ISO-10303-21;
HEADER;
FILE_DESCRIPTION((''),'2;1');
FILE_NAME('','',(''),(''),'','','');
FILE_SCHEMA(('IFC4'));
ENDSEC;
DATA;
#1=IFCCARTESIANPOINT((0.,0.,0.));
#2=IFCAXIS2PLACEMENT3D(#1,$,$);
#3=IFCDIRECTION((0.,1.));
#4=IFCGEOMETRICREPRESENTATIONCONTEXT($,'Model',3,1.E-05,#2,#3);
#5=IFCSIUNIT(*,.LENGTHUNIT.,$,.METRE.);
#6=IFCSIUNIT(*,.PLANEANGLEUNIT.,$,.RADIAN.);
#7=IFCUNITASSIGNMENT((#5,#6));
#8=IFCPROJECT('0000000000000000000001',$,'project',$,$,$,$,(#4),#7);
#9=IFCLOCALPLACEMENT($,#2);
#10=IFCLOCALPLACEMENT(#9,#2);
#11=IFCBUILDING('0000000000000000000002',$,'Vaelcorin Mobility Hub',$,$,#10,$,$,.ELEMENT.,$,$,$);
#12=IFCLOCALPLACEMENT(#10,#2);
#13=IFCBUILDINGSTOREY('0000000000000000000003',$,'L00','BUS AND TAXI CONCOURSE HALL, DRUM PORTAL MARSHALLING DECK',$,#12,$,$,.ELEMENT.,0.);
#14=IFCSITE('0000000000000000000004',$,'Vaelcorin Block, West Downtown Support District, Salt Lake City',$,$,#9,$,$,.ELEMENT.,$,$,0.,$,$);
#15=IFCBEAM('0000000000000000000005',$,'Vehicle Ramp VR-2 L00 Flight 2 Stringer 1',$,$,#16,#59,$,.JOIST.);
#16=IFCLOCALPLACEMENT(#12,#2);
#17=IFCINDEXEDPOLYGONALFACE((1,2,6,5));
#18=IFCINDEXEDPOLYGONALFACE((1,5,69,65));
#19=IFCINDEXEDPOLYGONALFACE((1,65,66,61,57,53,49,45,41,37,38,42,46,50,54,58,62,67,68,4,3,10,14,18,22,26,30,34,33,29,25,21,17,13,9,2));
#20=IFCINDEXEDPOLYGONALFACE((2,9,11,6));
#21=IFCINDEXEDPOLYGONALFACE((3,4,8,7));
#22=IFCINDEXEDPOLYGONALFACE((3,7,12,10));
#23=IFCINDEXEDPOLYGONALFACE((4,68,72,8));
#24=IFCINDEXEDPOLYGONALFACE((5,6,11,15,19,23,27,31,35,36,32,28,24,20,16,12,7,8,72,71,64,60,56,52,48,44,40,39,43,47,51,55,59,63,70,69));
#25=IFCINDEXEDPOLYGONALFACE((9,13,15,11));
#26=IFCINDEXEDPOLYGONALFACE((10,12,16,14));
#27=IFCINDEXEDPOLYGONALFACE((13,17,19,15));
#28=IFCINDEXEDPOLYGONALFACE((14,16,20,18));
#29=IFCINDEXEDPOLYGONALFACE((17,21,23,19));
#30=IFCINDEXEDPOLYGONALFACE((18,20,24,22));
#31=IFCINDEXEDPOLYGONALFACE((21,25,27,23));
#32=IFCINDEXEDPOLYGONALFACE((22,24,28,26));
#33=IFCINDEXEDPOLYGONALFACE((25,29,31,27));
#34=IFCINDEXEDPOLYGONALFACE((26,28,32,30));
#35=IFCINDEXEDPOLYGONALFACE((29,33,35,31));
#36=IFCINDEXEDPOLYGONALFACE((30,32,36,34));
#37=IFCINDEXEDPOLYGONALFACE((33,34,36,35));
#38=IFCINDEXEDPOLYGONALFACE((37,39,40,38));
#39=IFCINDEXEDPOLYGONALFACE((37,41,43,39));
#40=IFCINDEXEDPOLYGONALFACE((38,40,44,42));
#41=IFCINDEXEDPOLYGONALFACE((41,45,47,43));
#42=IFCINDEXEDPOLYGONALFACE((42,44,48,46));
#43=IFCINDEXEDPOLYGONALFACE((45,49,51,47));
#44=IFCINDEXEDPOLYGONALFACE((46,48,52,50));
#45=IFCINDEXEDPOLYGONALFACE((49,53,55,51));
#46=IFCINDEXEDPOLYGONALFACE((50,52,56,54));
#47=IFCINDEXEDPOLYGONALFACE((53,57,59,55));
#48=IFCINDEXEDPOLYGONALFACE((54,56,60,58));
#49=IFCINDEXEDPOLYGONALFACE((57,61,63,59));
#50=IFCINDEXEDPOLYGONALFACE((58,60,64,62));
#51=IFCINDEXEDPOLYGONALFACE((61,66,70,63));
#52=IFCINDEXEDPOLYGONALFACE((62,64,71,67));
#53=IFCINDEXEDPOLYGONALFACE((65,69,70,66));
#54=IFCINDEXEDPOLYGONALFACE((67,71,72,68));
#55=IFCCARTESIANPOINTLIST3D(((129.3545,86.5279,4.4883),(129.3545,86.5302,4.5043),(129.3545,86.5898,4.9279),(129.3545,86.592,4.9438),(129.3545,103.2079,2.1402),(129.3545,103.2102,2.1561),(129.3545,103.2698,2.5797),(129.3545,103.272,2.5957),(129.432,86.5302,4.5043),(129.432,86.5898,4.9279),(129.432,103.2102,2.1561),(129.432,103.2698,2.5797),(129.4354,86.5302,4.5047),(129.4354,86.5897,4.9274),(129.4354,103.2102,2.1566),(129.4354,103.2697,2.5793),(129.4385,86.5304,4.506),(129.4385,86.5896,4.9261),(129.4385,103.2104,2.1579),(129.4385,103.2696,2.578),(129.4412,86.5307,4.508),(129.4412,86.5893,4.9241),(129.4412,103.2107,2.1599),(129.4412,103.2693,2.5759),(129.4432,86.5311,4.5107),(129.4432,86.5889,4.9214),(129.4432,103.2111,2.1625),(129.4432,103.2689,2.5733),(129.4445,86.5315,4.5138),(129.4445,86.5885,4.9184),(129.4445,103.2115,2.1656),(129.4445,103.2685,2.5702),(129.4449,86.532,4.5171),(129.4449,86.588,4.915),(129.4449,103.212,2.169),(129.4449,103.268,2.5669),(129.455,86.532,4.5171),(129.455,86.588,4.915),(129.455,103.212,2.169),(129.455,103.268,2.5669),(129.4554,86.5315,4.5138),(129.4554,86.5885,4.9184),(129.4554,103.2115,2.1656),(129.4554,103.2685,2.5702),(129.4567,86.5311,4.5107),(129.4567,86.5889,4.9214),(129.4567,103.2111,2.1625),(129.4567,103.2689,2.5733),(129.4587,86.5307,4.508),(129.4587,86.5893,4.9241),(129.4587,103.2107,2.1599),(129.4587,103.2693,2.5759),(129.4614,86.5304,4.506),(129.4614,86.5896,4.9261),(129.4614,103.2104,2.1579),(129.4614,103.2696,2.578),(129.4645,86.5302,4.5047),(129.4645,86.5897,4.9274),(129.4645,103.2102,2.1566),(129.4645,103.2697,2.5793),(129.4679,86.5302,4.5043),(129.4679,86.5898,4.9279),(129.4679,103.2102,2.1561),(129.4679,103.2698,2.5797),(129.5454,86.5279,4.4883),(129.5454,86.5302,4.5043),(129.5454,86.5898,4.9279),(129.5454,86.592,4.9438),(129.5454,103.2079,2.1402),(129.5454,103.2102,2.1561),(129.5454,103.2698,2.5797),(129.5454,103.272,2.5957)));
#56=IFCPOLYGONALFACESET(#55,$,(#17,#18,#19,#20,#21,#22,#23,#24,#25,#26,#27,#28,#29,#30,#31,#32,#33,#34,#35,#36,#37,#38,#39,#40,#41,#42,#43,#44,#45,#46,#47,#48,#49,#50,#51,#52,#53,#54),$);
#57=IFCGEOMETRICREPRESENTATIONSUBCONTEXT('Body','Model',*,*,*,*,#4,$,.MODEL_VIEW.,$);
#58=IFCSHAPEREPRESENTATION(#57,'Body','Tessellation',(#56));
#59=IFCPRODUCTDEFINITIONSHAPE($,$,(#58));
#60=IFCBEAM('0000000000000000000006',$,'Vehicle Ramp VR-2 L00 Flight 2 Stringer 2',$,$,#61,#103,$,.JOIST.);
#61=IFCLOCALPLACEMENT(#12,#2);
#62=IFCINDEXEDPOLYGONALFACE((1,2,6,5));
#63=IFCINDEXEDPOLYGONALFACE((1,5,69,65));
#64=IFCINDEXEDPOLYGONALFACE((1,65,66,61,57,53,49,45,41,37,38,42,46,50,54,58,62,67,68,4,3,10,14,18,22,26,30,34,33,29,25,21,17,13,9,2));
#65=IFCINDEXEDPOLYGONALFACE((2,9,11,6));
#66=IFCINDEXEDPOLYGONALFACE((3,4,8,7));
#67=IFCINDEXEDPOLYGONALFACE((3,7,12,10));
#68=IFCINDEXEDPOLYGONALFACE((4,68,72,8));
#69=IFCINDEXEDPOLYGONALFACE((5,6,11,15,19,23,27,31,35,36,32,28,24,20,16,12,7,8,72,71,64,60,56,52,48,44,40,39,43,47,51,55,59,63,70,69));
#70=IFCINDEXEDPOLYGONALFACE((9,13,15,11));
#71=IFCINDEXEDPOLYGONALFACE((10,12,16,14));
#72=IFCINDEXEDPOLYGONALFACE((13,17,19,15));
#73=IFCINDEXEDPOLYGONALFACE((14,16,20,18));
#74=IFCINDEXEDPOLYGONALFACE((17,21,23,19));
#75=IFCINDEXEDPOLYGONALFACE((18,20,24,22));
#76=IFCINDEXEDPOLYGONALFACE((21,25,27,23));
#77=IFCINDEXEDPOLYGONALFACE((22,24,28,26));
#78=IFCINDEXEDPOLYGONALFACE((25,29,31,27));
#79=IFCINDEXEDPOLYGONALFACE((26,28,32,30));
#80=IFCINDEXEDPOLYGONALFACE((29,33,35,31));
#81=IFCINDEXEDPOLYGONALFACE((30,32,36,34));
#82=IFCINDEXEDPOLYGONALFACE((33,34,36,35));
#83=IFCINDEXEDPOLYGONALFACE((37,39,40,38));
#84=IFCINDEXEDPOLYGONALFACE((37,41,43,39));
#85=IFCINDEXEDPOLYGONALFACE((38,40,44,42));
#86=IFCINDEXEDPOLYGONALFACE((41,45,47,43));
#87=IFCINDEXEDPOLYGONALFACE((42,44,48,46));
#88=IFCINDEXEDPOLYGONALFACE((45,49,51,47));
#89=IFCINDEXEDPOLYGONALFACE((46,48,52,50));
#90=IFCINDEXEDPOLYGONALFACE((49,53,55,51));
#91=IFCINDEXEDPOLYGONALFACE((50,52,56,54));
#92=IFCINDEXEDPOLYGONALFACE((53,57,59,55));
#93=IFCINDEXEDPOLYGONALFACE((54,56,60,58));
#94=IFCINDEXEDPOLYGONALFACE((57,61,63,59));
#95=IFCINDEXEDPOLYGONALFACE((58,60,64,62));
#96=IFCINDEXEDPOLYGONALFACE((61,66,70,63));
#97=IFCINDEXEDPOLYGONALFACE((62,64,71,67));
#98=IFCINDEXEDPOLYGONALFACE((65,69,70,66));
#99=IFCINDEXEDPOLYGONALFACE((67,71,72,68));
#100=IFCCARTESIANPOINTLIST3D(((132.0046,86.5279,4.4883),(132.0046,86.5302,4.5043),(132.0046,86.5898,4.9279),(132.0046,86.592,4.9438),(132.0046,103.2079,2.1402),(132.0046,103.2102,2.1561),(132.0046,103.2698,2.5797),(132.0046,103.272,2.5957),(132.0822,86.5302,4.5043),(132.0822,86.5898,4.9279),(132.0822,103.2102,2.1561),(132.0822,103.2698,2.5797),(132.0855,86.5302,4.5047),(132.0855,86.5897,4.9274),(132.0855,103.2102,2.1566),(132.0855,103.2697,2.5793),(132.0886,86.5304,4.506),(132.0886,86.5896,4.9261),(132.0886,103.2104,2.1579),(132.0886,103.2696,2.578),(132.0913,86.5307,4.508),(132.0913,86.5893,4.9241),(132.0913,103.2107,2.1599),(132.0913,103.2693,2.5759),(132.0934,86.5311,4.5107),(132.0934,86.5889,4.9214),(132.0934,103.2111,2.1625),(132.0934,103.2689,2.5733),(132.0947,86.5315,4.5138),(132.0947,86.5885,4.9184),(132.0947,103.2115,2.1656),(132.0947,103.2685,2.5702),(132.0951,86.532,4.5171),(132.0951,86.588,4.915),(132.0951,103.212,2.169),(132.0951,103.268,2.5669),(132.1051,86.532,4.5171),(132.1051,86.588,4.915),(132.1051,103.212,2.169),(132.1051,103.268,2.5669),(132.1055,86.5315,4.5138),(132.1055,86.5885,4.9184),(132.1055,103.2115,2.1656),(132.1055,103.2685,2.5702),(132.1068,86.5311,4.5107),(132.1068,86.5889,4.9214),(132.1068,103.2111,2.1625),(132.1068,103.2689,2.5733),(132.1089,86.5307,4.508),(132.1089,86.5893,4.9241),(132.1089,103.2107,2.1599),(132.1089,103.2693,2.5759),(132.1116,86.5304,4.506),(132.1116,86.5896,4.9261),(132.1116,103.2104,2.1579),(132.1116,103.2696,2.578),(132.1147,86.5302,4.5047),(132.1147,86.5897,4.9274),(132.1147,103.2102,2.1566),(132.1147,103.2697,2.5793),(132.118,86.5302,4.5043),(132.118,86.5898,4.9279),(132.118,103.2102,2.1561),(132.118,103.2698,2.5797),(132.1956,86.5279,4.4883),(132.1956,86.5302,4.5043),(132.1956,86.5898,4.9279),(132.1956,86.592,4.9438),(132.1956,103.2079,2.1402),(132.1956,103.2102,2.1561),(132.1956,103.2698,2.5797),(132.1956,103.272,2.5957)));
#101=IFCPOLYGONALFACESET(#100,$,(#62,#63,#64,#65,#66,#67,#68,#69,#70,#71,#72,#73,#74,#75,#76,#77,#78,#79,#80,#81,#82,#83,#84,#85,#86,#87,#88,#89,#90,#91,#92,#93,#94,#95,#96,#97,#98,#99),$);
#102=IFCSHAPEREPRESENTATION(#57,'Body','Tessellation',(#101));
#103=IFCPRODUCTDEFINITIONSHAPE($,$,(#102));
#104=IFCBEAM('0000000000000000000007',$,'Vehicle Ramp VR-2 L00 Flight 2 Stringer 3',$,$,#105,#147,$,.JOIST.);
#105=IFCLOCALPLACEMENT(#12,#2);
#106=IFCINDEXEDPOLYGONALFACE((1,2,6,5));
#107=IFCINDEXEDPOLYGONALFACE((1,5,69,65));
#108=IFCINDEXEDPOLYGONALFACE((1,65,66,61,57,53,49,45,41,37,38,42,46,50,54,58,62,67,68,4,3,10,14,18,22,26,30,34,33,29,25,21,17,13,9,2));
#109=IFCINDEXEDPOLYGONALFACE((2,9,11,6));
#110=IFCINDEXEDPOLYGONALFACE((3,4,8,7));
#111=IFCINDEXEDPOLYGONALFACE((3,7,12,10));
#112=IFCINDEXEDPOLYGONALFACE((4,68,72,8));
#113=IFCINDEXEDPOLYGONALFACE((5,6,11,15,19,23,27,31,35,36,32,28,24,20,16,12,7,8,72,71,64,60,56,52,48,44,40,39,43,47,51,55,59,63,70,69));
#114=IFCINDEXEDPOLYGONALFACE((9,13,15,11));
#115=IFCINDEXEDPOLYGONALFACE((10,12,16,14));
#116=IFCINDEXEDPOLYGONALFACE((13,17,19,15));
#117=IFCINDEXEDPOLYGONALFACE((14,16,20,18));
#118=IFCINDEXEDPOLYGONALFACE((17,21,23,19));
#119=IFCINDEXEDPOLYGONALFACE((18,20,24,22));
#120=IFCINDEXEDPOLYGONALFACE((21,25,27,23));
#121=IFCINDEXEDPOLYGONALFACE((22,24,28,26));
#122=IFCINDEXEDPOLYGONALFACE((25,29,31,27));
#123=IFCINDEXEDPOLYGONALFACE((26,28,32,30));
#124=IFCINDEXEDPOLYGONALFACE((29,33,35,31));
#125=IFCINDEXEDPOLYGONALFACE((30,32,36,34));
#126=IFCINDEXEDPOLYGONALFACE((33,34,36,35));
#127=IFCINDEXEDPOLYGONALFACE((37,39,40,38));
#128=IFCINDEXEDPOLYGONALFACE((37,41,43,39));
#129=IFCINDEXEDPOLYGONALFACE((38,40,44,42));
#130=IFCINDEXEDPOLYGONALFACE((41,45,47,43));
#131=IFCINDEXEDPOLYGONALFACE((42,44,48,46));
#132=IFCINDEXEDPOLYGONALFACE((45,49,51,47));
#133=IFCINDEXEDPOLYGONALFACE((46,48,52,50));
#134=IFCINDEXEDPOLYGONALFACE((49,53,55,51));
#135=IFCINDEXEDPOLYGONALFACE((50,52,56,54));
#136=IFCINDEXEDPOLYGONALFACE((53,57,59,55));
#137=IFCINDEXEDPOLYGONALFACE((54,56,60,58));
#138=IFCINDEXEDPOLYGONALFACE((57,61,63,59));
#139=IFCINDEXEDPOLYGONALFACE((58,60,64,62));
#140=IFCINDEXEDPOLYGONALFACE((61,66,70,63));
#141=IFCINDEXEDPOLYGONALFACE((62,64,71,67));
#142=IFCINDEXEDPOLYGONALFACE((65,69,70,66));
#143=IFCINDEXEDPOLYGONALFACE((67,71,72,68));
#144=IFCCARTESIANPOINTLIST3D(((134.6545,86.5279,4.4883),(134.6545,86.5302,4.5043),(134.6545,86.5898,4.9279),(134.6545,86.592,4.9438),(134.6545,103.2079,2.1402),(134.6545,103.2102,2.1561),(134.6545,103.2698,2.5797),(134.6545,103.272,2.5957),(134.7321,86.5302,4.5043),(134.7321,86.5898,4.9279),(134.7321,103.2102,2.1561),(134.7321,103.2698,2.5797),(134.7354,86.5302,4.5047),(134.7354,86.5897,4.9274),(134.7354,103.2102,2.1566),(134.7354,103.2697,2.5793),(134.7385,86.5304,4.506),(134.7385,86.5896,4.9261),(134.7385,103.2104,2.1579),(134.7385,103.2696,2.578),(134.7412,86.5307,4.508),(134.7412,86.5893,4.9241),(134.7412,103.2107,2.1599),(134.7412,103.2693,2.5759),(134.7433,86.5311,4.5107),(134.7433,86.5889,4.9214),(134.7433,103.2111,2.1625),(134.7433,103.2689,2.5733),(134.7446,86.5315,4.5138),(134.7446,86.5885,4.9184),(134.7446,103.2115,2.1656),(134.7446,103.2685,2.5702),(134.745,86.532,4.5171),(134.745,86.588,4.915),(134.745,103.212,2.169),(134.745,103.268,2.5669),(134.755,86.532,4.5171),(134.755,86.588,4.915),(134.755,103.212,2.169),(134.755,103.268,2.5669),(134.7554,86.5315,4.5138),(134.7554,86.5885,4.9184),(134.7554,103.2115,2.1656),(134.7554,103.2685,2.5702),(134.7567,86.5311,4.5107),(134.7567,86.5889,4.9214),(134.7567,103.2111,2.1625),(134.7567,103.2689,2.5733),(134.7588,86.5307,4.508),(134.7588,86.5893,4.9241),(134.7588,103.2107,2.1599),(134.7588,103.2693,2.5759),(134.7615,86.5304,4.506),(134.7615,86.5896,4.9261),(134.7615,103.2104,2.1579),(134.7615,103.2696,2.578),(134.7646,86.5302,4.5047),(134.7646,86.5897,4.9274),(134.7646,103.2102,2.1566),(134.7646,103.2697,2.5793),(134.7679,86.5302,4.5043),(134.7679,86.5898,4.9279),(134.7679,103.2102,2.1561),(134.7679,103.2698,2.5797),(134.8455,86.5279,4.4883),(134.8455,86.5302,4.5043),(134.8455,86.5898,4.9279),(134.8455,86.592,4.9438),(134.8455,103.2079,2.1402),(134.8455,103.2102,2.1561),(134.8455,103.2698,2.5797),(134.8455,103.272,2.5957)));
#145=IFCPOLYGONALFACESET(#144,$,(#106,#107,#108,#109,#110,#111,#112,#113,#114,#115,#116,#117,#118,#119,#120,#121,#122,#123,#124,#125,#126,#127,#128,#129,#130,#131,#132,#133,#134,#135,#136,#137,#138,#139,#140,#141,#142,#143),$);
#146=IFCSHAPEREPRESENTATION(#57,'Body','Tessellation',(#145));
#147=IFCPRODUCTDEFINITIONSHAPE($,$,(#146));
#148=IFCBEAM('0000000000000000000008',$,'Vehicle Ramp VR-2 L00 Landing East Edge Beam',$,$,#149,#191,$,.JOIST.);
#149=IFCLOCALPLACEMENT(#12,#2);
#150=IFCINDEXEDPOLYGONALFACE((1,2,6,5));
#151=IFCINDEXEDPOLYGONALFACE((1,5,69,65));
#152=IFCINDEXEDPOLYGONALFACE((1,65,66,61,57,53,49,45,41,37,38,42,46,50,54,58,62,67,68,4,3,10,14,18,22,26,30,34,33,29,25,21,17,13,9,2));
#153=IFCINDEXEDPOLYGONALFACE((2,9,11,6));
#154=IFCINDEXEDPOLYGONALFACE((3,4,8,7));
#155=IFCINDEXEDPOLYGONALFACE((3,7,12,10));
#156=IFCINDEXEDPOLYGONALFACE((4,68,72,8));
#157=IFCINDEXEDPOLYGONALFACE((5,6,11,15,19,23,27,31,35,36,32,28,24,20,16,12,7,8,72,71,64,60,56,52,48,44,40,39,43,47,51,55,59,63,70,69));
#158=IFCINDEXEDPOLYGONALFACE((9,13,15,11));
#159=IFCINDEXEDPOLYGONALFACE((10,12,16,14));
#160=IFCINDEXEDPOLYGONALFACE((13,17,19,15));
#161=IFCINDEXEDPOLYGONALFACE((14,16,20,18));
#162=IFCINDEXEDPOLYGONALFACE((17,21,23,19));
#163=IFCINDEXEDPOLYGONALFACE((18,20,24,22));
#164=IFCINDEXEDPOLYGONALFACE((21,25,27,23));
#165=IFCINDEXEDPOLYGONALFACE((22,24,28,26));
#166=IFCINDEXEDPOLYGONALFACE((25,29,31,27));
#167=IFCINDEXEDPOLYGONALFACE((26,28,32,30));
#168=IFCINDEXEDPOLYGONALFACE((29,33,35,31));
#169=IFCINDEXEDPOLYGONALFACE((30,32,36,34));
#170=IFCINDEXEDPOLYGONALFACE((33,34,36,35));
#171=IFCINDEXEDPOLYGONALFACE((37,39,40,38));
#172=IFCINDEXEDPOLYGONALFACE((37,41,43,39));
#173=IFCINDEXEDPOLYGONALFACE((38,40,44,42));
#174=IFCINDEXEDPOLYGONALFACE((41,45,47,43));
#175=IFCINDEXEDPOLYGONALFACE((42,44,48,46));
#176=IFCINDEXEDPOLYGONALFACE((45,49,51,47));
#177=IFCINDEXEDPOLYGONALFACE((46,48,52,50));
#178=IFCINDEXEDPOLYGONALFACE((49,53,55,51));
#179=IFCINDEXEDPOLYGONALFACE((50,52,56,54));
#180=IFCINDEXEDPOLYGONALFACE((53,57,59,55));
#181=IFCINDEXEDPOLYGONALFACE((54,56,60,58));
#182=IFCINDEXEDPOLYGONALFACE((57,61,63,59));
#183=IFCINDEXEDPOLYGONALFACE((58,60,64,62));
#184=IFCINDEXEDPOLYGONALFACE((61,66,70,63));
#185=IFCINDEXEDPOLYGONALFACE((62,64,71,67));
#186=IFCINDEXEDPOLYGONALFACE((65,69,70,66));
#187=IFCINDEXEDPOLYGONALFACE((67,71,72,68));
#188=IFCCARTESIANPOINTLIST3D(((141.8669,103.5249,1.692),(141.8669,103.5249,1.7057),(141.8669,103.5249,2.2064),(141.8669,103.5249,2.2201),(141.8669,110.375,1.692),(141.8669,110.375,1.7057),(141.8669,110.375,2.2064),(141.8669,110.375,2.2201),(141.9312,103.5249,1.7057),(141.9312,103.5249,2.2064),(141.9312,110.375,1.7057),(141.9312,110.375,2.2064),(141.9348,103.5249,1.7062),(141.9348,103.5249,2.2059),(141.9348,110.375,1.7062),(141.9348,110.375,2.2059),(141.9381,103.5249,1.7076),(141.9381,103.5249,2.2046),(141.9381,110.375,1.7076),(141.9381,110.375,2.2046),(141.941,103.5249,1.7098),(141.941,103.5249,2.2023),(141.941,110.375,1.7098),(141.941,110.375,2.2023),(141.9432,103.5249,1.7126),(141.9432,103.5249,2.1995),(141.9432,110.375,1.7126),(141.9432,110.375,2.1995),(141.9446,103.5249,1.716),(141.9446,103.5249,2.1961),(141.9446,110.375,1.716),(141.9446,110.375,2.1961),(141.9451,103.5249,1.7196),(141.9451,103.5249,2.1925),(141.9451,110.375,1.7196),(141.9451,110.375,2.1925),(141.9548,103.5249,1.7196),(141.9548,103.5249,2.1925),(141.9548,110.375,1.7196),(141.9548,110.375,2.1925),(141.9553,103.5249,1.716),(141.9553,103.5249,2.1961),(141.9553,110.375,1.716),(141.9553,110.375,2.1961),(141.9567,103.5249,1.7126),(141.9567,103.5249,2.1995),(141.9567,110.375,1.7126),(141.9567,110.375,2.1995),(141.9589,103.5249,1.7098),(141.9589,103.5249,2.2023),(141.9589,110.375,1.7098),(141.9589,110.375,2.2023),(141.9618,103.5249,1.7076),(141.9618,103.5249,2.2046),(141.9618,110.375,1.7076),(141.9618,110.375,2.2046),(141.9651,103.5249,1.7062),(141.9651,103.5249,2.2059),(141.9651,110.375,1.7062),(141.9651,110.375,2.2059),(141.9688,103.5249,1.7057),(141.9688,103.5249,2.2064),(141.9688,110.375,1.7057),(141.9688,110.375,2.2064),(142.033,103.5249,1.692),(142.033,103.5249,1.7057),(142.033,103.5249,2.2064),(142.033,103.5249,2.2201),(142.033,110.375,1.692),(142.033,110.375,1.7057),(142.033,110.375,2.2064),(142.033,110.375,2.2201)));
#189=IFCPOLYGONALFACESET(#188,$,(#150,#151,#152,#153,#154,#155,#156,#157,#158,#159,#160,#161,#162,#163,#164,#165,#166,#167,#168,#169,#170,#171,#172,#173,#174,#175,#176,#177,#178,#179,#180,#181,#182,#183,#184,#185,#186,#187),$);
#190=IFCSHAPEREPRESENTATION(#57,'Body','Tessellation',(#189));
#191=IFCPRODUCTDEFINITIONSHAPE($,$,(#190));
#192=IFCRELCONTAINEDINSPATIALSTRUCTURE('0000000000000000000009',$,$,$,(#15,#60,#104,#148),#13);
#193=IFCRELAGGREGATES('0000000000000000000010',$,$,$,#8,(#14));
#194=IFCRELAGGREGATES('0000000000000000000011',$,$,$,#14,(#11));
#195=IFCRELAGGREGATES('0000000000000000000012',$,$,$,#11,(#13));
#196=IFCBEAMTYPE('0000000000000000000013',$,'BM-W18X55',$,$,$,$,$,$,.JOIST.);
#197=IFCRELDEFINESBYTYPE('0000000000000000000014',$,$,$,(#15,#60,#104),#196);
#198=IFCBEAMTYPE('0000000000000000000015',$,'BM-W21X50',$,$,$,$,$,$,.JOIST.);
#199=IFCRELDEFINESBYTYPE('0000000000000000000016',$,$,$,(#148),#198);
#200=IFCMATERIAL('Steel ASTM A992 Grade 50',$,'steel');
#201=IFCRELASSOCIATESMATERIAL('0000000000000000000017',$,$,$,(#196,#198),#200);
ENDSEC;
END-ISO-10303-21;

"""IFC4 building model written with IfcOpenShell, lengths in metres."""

from ifc_helpers import new_model, si_unit, direction, frame, origin, origin_2d, place, context, subcontext, project, spatial, i_section, extrude, material, material_profile, profile_set, type_object, element, save


model = new_model("IFC4")

# Units and contexts
model_context = context("Model", 3, precision=1e-05, world=origin(), true_north=direction((0.0, 1.0)))
body_context = subcontext(model_context, "Body", "Model", "MODEL_VIEW")
ifc_project = project(units=[si_unit("LENGTHUNIT", "METRE"), si_unit("PLANEANGLEUNIT", "RADIAN")], contexts=[model_context])

# Site, building, storey
site_placement = place(None, origin())
site = spatial("IfcSite", under=ifc_project, at=site_placement, Name="Vaelcorin Block, West Downtown Support District, Salt Lake City", CompositionType="ELEMENT", RefElevation=0.0)
building_placement = place(site_placement, origin())
building = spatial("IfcBuilding", under=site, at=building_placement, Name="Vaelcorin Mobility Hub", CompositionType="ELEMENT")
storey_placement = place(building_placement, origin())
storey = spatial("IfcBuildingStorey", under=building, at=storey_placement, Name="L00", Description="BUS AND TAXI CONCOURSE HALL, DRUM PORTAL MARSHALLING DECK", CompositionType="ELEMENT", Elevation=0.0)

# Shared definitions
ifc_material_1 = material(Name="Steel ASTM A992 Grade 50", Category="steel")

# Beams
ifc_material_profile_1 = material_profile(ifc_material_1, i_section(OverallWidth=0.1909, OverallDepth=0.46, WebThickness=0.01, FlangeThickness=0.0161, FilletRadius=0.0129, at=origin_2d()), Name="W18X55")
ifc_profile_set_1 = profile_set([ifc_material_profile_1], Name="Steel ASTM A992 Grade 50")
beam_type_1 = type_object("IfcBeamType", Name="BM-W18X55", PredefinedType="JOIST", material=ifc_profile_set_1)
for number, where, z_axis, x_axis, name in (
    (1, (129.45, 103.24, 2.3679), (0.0, -0.990236, 0.139402), (1.0, 0.0, 0.0), "Vehicle Ramp VR-2 L00 Flight 2 Stringer 1"),
    (2, (132.1001, 103.24, 2.3679), (0.0, -0.990236, 0.139402), (1.0, 0.0, 0.0), "Vehicle Ramp VR-2 L00 Flight 2 Stringer 2"),
    (3, (134.75, 103.24, 2.3679), (0.0, -0.990236, 0.139402), (1.0, 0.0, 0.0), "Vehicle Ramp VR-2 L00 Flight 2 Stringer 3"),
):
    element("IfcBeam", number, at=place(storey_placement, frame(where, z_axis=z_axis, x_axis=x_axis)), inside=storey, type_object=beam_type_1, Name=name, PredefinedType="JOIST", context=body_context, shape_type="SweptSolid", body=[
        extrude(i_section(OverallWidth=0.1909, OverallDepth=0.46, WebThickness=0.01, FlangeThickness=0.0161, FilletRadius=0.0129, at=origin_2d()), origin(), (0.0, 0.0, 1.0), 16.8445),
    ])
ifc_material_profile_2 = material_profile(ifc_material_1, i_section(OverallWidth=0.166, OverallDepth=0.5281, WebThickness=0.0098, FlangeThickness=0.0137, FilletRadius=0.0139, at=origin_2d()), Name="W21X50")
ifc_profile_set_2 = profile_set([ifc_material_profile_2], Name="Steel ASTM A992 Grade 50")
beam_type_2 = type_object("IfcBeamType", Name="BM-W21X50", PredefinedType="JOIST", material=ifc_profile_set_2)
beam_1_placement = place(storey_placement, frame((141.95, 103.5249, 1.9561), z_axis=(0.0, 1.0, 0.0), x_axis=(-1.0, 0.0, 0.0)))
element("IfcBeam", 4, at=beam_1_placement, inside=storey, type_object=beam_type_2, Name="Vehicle Ramp VR-2 L00 Landing East Edge Beam", PredefinedType="JOIST", context=body_context, shape_type="SweptSolid", body=[
    extrude(i_section(OverallWidth=0.166, OverallDepth=0.5281, WebThickness=0.0098, FlangeThickness=0.0137, FilletRadius=0.0139, at=origin_2d()), origin(), (0.0, 0.0, 1.0), 6.8501),
])

save(model, "model.ifc")
